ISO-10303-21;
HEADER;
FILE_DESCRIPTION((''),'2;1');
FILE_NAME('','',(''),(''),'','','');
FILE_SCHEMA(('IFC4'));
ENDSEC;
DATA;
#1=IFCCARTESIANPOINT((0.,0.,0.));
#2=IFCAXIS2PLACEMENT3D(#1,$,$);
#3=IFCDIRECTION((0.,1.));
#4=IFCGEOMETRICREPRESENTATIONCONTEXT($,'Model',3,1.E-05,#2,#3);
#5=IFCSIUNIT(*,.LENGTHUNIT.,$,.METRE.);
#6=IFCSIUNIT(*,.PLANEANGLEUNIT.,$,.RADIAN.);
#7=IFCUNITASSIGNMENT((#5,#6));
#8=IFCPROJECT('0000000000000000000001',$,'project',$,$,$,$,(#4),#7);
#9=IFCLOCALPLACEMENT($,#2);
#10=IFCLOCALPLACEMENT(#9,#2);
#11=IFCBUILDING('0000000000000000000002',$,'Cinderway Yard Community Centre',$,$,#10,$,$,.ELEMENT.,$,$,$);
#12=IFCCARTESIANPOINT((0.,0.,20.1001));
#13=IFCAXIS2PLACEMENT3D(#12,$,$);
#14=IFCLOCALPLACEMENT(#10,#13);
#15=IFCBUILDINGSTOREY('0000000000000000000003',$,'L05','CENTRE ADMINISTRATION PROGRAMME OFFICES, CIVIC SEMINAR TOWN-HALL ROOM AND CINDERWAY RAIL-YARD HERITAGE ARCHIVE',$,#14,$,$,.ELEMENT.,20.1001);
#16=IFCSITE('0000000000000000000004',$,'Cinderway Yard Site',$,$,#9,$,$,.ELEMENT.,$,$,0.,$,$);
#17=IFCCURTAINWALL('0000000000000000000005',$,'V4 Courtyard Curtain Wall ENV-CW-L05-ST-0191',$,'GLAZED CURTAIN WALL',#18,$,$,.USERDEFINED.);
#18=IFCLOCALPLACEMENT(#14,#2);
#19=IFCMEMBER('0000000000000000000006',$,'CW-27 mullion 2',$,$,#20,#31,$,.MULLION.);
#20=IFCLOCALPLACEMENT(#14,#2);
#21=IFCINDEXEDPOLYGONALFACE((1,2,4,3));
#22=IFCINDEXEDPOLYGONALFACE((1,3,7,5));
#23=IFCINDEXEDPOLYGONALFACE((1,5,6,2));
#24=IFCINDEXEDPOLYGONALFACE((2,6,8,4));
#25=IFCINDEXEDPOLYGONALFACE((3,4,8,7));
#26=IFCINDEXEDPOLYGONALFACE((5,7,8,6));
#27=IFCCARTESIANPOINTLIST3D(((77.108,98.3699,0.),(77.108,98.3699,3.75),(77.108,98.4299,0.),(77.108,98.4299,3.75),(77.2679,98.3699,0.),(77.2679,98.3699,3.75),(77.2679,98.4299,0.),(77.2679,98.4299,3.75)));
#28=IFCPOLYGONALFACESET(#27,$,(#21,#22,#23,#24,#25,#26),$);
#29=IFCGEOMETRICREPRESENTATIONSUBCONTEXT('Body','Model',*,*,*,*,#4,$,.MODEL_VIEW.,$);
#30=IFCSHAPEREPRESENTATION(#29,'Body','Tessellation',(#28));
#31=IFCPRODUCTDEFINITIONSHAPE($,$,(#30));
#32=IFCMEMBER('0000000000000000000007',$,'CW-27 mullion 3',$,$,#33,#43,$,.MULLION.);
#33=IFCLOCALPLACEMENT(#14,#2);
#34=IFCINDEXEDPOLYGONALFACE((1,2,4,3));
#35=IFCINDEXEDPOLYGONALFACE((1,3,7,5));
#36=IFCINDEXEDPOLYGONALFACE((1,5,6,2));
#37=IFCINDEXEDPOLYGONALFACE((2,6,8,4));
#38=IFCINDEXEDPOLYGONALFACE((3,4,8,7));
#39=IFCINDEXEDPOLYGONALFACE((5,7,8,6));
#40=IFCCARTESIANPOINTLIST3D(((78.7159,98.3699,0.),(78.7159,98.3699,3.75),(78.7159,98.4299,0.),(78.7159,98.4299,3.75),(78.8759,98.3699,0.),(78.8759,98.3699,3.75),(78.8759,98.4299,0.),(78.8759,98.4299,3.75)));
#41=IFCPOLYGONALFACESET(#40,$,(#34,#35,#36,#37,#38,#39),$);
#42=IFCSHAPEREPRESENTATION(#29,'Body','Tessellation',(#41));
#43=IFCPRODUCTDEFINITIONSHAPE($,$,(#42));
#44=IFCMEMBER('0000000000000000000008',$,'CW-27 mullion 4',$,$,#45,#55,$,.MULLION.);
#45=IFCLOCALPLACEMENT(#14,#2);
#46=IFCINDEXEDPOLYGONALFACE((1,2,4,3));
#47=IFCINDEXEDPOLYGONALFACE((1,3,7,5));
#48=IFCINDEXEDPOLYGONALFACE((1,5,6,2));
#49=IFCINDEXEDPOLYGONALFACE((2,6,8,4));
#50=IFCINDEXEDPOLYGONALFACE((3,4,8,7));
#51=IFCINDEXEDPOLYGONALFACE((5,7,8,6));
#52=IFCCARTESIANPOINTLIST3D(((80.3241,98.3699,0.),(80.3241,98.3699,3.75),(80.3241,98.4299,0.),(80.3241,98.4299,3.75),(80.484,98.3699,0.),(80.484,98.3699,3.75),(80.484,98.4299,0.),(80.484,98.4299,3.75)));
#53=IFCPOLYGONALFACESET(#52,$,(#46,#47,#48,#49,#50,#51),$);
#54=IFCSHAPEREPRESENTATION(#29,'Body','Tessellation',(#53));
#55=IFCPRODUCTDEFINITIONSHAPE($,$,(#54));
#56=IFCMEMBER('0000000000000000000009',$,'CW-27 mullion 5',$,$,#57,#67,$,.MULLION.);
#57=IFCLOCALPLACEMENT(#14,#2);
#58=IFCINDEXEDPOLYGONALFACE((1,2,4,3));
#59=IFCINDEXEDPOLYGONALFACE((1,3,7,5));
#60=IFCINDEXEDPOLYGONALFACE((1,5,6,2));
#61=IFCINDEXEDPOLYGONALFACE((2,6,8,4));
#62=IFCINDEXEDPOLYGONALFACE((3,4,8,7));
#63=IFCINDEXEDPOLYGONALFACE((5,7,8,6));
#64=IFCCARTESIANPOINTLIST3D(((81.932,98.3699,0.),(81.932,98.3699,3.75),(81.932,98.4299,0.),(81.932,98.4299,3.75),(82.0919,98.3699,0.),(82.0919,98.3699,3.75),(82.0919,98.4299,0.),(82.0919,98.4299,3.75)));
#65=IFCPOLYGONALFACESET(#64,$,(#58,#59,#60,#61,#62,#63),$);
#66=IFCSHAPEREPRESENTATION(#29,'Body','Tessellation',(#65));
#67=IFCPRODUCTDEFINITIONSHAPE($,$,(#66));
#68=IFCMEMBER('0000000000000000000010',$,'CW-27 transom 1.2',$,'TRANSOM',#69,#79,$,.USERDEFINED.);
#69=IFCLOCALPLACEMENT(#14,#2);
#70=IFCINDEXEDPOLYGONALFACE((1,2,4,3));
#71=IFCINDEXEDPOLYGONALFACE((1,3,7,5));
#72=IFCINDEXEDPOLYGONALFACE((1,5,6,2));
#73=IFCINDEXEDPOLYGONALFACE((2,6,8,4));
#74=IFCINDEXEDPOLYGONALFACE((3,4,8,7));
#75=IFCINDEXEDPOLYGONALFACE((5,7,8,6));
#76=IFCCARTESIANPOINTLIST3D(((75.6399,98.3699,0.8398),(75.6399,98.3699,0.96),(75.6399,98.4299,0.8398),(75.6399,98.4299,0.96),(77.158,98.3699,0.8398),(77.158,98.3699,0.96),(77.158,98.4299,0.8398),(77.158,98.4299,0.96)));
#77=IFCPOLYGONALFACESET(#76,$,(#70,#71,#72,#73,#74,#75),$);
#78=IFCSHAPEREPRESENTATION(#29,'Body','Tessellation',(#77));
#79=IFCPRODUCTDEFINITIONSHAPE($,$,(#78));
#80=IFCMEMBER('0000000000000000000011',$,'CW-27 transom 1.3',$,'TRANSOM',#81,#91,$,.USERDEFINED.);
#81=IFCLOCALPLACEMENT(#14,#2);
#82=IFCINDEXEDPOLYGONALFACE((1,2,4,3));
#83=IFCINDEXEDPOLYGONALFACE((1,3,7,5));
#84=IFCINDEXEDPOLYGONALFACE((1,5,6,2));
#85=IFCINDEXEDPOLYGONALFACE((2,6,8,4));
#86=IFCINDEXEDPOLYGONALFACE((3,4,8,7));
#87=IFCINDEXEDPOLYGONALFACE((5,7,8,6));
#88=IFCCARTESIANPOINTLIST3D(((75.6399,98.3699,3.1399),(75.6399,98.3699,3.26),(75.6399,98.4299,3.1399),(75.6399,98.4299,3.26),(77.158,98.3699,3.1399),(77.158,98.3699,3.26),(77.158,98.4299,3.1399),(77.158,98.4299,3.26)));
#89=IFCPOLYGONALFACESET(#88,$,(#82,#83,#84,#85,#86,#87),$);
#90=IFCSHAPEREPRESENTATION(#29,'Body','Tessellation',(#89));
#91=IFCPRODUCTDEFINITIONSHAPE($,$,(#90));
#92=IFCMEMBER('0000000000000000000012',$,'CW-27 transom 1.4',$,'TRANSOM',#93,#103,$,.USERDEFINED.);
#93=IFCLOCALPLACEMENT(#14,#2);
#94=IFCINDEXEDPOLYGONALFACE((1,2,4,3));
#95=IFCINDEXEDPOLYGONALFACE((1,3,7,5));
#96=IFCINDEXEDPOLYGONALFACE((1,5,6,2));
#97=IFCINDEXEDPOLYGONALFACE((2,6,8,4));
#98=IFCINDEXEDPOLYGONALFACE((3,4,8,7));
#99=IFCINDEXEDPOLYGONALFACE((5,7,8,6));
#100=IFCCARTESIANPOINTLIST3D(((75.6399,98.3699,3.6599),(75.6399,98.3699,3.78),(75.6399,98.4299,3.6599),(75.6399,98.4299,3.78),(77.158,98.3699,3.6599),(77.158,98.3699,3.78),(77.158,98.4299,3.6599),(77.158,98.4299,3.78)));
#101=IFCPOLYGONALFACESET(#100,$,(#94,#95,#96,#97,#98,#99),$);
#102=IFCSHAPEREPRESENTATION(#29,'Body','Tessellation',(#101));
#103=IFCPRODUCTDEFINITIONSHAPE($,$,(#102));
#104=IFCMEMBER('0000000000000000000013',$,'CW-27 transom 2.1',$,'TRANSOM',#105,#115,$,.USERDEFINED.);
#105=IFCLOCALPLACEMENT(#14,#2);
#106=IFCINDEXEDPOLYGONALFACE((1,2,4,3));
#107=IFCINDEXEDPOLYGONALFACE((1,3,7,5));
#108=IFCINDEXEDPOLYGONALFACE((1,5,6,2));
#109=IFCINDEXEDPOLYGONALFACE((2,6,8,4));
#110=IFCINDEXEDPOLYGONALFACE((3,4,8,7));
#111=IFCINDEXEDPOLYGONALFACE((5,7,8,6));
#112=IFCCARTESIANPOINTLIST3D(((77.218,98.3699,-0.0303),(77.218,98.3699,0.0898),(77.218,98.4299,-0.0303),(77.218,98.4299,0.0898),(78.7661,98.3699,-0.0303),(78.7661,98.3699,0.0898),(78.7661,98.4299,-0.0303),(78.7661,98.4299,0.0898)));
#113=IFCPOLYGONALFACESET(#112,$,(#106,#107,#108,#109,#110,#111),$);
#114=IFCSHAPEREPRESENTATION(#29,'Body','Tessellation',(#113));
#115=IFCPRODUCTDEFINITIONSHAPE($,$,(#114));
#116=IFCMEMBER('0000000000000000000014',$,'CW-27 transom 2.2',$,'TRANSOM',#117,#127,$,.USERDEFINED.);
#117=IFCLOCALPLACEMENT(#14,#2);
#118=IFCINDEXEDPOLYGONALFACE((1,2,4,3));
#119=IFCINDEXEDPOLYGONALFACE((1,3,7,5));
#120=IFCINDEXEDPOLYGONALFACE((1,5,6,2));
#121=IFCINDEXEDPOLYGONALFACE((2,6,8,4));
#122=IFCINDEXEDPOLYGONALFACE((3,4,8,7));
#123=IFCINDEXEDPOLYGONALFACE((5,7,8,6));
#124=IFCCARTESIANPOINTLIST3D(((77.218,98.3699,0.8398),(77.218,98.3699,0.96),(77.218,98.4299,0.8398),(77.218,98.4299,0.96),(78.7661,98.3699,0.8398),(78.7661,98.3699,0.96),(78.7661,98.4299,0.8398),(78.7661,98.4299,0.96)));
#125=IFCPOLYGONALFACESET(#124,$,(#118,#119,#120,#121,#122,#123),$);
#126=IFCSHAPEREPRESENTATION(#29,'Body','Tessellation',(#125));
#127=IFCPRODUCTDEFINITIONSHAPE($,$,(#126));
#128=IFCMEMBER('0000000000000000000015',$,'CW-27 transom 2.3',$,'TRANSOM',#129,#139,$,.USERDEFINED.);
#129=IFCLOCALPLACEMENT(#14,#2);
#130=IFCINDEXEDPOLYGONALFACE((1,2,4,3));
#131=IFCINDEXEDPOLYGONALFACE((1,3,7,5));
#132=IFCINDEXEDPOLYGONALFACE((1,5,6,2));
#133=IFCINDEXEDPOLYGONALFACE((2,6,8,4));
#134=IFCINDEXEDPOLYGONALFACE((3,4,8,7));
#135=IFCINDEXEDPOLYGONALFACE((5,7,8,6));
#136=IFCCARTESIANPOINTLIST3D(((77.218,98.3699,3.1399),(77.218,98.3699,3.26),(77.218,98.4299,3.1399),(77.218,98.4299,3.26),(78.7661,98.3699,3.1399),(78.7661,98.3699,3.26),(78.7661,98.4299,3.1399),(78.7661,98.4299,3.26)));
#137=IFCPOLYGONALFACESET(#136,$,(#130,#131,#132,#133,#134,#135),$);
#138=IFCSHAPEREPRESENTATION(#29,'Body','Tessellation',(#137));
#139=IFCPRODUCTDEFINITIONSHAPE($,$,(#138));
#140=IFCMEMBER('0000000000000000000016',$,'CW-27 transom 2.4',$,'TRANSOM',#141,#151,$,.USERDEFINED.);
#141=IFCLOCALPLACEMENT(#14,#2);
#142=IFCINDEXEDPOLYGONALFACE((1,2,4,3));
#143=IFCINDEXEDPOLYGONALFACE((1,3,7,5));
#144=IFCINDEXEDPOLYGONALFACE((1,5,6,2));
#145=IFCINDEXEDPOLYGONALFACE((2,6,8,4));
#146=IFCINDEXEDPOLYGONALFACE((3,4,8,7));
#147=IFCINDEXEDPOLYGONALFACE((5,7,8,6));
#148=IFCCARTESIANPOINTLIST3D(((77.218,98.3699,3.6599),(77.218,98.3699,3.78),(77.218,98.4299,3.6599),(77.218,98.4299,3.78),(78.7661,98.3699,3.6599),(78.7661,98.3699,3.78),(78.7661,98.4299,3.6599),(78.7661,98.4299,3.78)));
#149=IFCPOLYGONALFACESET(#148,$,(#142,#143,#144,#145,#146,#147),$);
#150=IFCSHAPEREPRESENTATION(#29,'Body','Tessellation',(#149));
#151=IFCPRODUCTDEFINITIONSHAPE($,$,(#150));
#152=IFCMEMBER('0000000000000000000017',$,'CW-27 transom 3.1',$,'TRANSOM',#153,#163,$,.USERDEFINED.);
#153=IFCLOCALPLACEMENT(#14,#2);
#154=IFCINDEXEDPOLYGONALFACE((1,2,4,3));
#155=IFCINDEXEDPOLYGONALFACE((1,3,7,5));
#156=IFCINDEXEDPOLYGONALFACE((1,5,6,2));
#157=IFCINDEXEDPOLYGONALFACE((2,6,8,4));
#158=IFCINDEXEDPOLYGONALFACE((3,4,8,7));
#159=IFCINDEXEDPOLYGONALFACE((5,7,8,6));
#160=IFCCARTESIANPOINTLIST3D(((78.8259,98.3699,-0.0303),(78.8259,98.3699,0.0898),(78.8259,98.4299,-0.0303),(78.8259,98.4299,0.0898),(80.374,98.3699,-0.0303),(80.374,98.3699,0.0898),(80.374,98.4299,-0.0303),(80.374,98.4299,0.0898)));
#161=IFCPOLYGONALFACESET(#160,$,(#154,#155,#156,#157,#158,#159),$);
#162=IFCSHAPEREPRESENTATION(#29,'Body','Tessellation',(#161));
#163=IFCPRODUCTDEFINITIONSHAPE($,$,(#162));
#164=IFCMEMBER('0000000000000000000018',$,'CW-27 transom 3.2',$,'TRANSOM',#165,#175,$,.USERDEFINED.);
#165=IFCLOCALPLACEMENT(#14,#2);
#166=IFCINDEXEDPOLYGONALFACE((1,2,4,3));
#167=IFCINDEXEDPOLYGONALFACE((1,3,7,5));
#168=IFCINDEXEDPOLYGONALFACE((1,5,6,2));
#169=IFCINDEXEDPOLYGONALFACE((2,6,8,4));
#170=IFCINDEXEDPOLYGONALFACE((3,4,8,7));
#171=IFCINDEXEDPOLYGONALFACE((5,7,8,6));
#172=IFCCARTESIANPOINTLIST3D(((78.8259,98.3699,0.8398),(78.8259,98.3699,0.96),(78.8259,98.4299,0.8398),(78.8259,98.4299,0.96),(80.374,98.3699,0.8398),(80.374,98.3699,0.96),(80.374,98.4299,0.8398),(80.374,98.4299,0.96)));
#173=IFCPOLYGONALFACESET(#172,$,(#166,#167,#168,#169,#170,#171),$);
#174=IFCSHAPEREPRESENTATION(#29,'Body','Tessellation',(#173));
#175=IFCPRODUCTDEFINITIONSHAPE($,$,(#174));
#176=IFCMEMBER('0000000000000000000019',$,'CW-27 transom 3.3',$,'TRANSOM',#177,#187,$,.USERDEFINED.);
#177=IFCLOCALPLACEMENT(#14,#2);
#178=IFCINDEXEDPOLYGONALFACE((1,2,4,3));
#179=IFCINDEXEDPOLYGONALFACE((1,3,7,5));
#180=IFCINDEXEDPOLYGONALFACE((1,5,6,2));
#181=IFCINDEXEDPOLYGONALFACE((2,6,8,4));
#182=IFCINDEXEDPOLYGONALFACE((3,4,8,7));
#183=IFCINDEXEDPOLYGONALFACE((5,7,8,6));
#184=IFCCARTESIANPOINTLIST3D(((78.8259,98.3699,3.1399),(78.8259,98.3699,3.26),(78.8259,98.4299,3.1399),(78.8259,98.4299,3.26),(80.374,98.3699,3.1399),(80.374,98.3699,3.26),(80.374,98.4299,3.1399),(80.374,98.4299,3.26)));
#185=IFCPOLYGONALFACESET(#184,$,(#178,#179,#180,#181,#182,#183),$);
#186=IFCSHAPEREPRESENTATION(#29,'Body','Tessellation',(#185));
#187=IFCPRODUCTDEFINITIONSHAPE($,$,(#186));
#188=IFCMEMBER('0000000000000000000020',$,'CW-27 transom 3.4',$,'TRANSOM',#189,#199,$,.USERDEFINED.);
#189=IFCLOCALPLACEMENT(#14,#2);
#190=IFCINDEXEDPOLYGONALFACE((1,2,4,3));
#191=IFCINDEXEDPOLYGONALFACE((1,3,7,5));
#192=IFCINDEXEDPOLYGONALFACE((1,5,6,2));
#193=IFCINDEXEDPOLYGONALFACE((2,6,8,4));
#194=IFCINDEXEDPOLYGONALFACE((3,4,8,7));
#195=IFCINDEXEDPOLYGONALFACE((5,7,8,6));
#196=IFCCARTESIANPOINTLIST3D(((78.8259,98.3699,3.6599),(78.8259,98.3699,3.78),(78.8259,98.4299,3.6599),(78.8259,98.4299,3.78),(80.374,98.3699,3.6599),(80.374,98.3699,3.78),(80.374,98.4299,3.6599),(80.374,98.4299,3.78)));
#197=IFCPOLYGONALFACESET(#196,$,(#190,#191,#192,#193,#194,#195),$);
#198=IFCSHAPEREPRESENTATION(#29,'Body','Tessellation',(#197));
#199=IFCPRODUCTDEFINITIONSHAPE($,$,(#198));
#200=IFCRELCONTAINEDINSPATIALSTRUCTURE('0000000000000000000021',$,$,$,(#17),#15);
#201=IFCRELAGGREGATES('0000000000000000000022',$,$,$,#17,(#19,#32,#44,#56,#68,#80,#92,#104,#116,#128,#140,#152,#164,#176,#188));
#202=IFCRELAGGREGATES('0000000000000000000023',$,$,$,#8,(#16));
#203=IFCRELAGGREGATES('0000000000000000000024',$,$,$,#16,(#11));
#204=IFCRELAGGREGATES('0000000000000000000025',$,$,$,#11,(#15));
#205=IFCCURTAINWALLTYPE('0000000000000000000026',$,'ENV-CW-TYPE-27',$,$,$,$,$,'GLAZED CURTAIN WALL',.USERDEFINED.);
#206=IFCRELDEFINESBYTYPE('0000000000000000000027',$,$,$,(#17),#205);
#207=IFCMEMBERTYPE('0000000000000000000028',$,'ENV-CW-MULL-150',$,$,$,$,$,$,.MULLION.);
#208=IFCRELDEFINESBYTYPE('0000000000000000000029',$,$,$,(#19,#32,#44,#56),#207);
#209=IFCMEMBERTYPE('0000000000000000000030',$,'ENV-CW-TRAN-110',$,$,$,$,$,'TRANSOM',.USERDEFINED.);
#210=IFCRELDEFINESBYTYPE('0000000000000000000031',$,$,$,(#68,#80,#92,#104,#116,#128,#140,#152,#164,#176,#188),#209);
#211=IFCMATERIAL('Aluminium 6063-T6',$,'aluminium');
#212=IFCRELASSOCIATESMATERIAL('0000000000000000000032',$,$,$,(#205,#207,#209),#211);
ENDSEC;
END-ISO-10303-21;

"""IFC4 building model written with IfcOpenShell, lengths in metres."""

from ifc_helpers import new_model, si_unit, direction, frame, origin, origin_2d, place, context, subcontext, project, spatial, rectangle, extrude, material, material_profile, profile_set, type_object, element, aggregate, save


model = new_model("IFC4")

# Units and contexts
model_context = context("Model", 3, precision=1e-05, world=origin(), true_north=direction((0.0, 1.0)))
body_context = subcontext(model_context, "Body", "Model", "MODEL_VIEW")
ifc_project = project(units=[si_unit("LENGTHUNIT", "METRE"), si_unit("PLANEANGLEUNIT", "RADIAN")], contexts=[model_context])

# Site, building, storey
site_placement = place(None, origin())
site = spatial("IfcSite", under=ifc_project, at=site_placement, Name="Cinderway Yard Site", CompositionType="ELEMENT", RefElevation=0.0)
building_placement = place(site_placement, origin())
building = spatial("IfcBuilding", under=site, at=building_placement, Name="Cinderway Yard Community Centre", CompositionType="ELEMENT")
storey_placement = place(building_placement, frame((0.0, 0.0, 20.1001)))
storey = spatial("IfcBuildingStorey", under=building, at=storey_placement, Name="L05", Description="CENTRE ADMINISTRATION PROGRAMME OFFICES, CIVIC SEMINAR TOWN-HALL ROOM AND CINDERWAY RAIL-YARD HERITAGE ARCHIVE", CompositionType="ELEMENT", Elevation=20.1001)

# Curtain wall, members
ifc_material_1 = material(Name="Aluminium 6063-T6", Category="aluminium")
curtain_wall_type = type_object("IfcCurtainWallType", Name="ENV-CW-TYPE-27", ElementType="GLAZED CURTAIN WALL", PredefinedType="USERDEFINED", material=ifc_material_1)
curtain_wall_placement = place(storey_placement, origin())
curtain_wall = element("IfcCurtainWall", 1, at=curtain_wall_placement, inside=storey, type_object=curtain_wall_type, Name="V4 Courtyard Curtain Wall ENV-CW-L05-ST-0191", ObjectType="GLAZED CURTAIN WALL", PredefinedType="USERDEFINED")
ifc_material_profile_1 = material_profile(ifc_material_1, rectangle(XDim=0.0601, YDim=0.1599, at=origin_2d()), Name="Aluminium 6063-T6")
ifc_profile_set_1 = profile_set([ifc_material_profile_1], Name="Aluminium 6063-T6")
member_type_1 = type_object("IfcMemberType", Name="ENV-CW-MULL-150", PredefinedType="MULLION", material=ifc_profile_set_1)
member_1_placement = place(storey_placement, frame((77.188, 98.3999, 0.0), z_axis=(0.0, 0.0, 1.0), x_axis=(0.0, 1.0, 0.0)))
member_1 = element("IfcMember", 2, at=member_1_placement, type_object=member_type_1, Name="CW-27 mullion 2", PredefinedType="MULLION", context=body_context, shape_type="SweptSolid", body=[
    extrude(rectangle(XDim=0.0601, YDim=0.1599, at=origin_2d()), origin(), (0.0, 0.0, 1.0), 3.75),
])
member_2_placement = place(storey_placement, frame((78.7959, 98.3999, 0.0), z_axis=(0.0, 0.0, 1.0), x_axis=(0.0, 1.0, 0.0)))
member_2 = element("IfcMember", 3, at=member_2_placement, type_object=member_type_1, Name="CW-27 mullion 3", PredefinedType="MULLION", context=body_context, shape_type="SweptSolid", body=[
    extrude(rectangle(XDim=0.0601, YDim=0.1599, at=origin_2d()), origin(), (0.0, 0.0, 1.0), 3.75),
])
member_3_placement = place(storey_placement, frame((80.4041, 98.3999, 0.0), z_axis=(0.0, 0.0, 1.0), x_axis=(0.0, 1.0, 0.0)))
member_3 = element("IfcMember", 4, at=member_3_placement, type_object=member_type_1, Name="CW-27 mullion 4", PredefinedType="MULLION", context=body_context, shape_type="SweptSolid", body=[
    extrude(rectangle(XDim=0.0601, YDim=0.1599, at=origin_2d()), origin(), (0.0, 0.0, 1.0), 3.75),
])
member_4_placement = place(storey_placement, frame((82.012, 98.3999, 0.0), z_axis=(0.0, 0.0, 1.0), x_axis=(0.0, 1.0, 0.0)))
member_4 = element("IfcMember", 5, at=member_4_placement, type_object=member_type_1, Name="CW-27 mullion 5", PredefinedType="MULLION", context=body_context, shape_type="SweptSolid", body=[
    extrude(rectangle(XDim=0.0601, YDim=0.1599, at=origin_2d()), origin(), (0.0, 0.0, 1.0), 3.75),
])
ifc_material_profile_2 = material_profile(ifc_material_1, rectangle(XDim=0.0601, YDim=0.1201, at=origin_2d()), Name="Aluminium 6063-T6")
ifc_profile_set_2 = profile_set([ifc_material_profile_2], Name="Aluminium 6063-T6")
member_type_2 = type_object("IfcMemberType", Name="ENV-CW-TRAN-110", ElementType="TRANSOM", PredefinedType="USERDEFINED", material=ifc_profile_set_2)
member_5_placement = place(storey_placement, frame((75.6399, 98.3999, 0.8999), z_axis=(1.0, 0.0, 0.0), x_axis=(0.0, 1.0, 0.0)))
member_5 = element("IfcMember", 6, at=member_5_placement, type_object=member_type_2, Name="CW-27 transom 1.2", ObjectType="TRANSOM", PredefinedType="USERDEFINED", context=body_context, shape_type="SweptSolid", body=[
    extrude(rectangle(XDim=0.0601, YDim=0.1201, at=origin_2d()), origin(), (0.0, 0.0, 1.0), 1.5181),
])
member_6_placement = place(storey_placement, frame((75.6399, 98.3999, 3.2), z_axis=(1.0, 0.0, 0.0), x_axis=(0.0, 1.0, 0.0)))
member_6 = element("IfcMember", 7, at=member_6_placement, type_object=member_type_2, Name="CW-27 transom 1.3", ObjectType="TRANSOM", PredefinedType="USERDEFINED", context=body_context, shape_type="SweptSolid", body=[
    extrude(rectangle(XDim=0.0601, YDim=0.1201, at=origin_2d()), origin(), (0.0, 0.0, 1.0), 1.5181),
])
member_7_placement = place(storey_placement, frame((75.6399, 98.3999, 3.72), z_axis=(1.0, 0.0, 0.0), x_axis=(0.0, 1.0, 0.0)))
member_7 = element("IfcMember", 8, at=member_7_placement, type_object=member_type_2, Name="CW-27 transom 1.4", ObjectType="TRANSOM", PredefinedType="USERDEFINED", context=body_context, shape_type="SweptSolid", body=[
    extrude(rectangle(XDim=0.0601, YDim=0.1201, at=origin_2d()), origin(), (0.0, 0.0, 1.0), 1.5181),
])
member_8_placement = place(storey_placement, frame((77.218, 98.3999, 0.0298), z_axis=(1.0, 0.0, 0.0), x_axis=(0.0, 1.0, 0.0)))
member_8 = element("IfcMember", 9, at=member_8_placement, type_object=member_type_2, Name="CW-27 transom 2.1", ObjectType="TRANSOM", PredefinedType="USERDEFINED", context=body_context, shape_type="SweptSolid", body=[
    extrude(rectangle(XDim=0.0601, YDim=0.1201, at=origin_2d()), origin(), (0.0, 0.0, 1.0), 1.5481),
])
member_9_placement = place(storey_placement, frame((77.218, 98.3999, 0.8999), z_axis=(1.0, 0.0, 0.0), x_axis=(0.0, 1.0, 0.0)))
member_9 = element("IfcMember", 10, at=member_9_placement, type_object=member_type_2, Name="CW-27 transom 2.2", ObjectType="TRANSOM", PredefinedType="USERDEFINED", context=body_context, shape_type="SweptSolid", body=[
    extrude(rectangle(XDim=0.0601, YDim=0.1201, at=origin_2d()), origin(), (0.0, 0.0, 1.0), 1.5481),
])
member_10_placement = place(storey_placement, frame((77.218, 98.3999, 3.2), z_axis=(1.0, 0.0, 0.0), x_axis=(0.0, 1.0, 0.0)))
member_10 = element("IfcMember", 11, at=member_10_placement, type_object=member_type_2, Name="CW-27 transom 2.3", ObjectType="TRANSOM", PredefinedType="USERDEFINED", context=body_context, shape_type="SweptSolid", body=[
    extrude(rectangle(XDim=0.0601, YDim=0.1201, at=origin_2d()), origin(), (0.0, 0.0, 1.0), 1.5481),
])
member_11_placement = place(storey_placement, frame((77.218, 98.3999, 3.72), z_axis=(1.0, 0.0, 0.0), x_axis=(0.0, 1.0, 0.0)))
member_11 = element("IfcMember", 12, at=member_11_placement, type_object=member_type_2, Name="CW-27 transom 2.4", ObjectType="TRANSOM", PredefinedType="USERDEFINED", context=body_context, shape_type="SweptSolid", body=[
    extrude(rectangle(XDim=0.0601, YDim=0.1201, at=origin_2d()), origin(), (0.0, 0.0, 1.0), 1.5481),
])
member_12_placement = place(storey_placement, frame((78.8259, 98.3999, 0.0298), z_axis=(1.0, 0.0, 0.0), x_axis=(0.0, 1.0, 0.0)))
member_12 = element("IfcMember", 13, at=member_12_placement, type_object=member_type_2, Name="CW-27 transom 3.1", ObjectType="TRANSOM", PredefinedType="USERDEFINED", context=body_context, shape_type="SweptSolid", body=[
    extrude(rectangle(XDim=0.0601, YDim=0.1201, at=origin_2d()), origin(), (0.0, 0.0, 1.0), 1.5481),
])
member_13_placement = place(storey_placement, frame((78.8259, 98.3999, 0.8999), z_axis=(1.0, 0.0, 0.0), x_axis=(0.0, 1.0, 0.0)))
member_13 = element("IfcMember", 14, at=member_13_placement, type_object=member_type_2, Name="CW-27 transom 3.2", ObjectType="TRANSOM", PredefinedType="USERDEFINED", context=body_context, shape_type="SweptSolid", body=[
    extrude(rectangle(XDim=0.0601, YDim=0.1201, at=origin_2d()), origin(), (0.0, 0.0, 1.0), 1.5481),
])
member_14_placement = place(storey_placement, frame((78.8259, 98.3999, 3.2), z_axis=(1.0, 0.0, 0.0), x_axis=(0.0, 1.0, 0.0)))
member_14 = element("IfcMember", 15, at=member_14_placement, type_object=member_type_2, Name="CW-27 transom 3.3", ObjectType="TRANSOM", PredefinedType="USERDEFINED", context=body_context, shape_type="SweptSolid", body=[
    extrude(rectangle(XDim=0.0601, YDim=0.1201, at=origin_2d()), origin(), (0.0, 0.0, 1.0), 1.5481),
])
member_15_placement = place(storey_placement, frame((78.8259, 98.3999, 3.72), z_axis=(1.0, 0.0, 0.0), x_axis=(0.0, 1.0, 0.0)))
member_15 = element("IfcMember", 16, at=member_15_placement, type_object=member_type_2, Name="CW-27 transom 3.4", ObjectType="TRANSOM", PredefinedType="USERDEFINED", context=body_context, shape_type="SweptSolid", body=[
    extrude(rectangle(XDim=0.0601, YDim=0.1201, at=origin_2d()), origin(), (0.0, 0.0, 1.0), 1.5481),
])
aggregate(curtain_wall, [member_1, member_2, member_3, member_4, member_5, member_6, member_7, member_8, member_9, member_10, member_11, member_12, member_13, member_14, member_15])

save(model, "model.ifc")
